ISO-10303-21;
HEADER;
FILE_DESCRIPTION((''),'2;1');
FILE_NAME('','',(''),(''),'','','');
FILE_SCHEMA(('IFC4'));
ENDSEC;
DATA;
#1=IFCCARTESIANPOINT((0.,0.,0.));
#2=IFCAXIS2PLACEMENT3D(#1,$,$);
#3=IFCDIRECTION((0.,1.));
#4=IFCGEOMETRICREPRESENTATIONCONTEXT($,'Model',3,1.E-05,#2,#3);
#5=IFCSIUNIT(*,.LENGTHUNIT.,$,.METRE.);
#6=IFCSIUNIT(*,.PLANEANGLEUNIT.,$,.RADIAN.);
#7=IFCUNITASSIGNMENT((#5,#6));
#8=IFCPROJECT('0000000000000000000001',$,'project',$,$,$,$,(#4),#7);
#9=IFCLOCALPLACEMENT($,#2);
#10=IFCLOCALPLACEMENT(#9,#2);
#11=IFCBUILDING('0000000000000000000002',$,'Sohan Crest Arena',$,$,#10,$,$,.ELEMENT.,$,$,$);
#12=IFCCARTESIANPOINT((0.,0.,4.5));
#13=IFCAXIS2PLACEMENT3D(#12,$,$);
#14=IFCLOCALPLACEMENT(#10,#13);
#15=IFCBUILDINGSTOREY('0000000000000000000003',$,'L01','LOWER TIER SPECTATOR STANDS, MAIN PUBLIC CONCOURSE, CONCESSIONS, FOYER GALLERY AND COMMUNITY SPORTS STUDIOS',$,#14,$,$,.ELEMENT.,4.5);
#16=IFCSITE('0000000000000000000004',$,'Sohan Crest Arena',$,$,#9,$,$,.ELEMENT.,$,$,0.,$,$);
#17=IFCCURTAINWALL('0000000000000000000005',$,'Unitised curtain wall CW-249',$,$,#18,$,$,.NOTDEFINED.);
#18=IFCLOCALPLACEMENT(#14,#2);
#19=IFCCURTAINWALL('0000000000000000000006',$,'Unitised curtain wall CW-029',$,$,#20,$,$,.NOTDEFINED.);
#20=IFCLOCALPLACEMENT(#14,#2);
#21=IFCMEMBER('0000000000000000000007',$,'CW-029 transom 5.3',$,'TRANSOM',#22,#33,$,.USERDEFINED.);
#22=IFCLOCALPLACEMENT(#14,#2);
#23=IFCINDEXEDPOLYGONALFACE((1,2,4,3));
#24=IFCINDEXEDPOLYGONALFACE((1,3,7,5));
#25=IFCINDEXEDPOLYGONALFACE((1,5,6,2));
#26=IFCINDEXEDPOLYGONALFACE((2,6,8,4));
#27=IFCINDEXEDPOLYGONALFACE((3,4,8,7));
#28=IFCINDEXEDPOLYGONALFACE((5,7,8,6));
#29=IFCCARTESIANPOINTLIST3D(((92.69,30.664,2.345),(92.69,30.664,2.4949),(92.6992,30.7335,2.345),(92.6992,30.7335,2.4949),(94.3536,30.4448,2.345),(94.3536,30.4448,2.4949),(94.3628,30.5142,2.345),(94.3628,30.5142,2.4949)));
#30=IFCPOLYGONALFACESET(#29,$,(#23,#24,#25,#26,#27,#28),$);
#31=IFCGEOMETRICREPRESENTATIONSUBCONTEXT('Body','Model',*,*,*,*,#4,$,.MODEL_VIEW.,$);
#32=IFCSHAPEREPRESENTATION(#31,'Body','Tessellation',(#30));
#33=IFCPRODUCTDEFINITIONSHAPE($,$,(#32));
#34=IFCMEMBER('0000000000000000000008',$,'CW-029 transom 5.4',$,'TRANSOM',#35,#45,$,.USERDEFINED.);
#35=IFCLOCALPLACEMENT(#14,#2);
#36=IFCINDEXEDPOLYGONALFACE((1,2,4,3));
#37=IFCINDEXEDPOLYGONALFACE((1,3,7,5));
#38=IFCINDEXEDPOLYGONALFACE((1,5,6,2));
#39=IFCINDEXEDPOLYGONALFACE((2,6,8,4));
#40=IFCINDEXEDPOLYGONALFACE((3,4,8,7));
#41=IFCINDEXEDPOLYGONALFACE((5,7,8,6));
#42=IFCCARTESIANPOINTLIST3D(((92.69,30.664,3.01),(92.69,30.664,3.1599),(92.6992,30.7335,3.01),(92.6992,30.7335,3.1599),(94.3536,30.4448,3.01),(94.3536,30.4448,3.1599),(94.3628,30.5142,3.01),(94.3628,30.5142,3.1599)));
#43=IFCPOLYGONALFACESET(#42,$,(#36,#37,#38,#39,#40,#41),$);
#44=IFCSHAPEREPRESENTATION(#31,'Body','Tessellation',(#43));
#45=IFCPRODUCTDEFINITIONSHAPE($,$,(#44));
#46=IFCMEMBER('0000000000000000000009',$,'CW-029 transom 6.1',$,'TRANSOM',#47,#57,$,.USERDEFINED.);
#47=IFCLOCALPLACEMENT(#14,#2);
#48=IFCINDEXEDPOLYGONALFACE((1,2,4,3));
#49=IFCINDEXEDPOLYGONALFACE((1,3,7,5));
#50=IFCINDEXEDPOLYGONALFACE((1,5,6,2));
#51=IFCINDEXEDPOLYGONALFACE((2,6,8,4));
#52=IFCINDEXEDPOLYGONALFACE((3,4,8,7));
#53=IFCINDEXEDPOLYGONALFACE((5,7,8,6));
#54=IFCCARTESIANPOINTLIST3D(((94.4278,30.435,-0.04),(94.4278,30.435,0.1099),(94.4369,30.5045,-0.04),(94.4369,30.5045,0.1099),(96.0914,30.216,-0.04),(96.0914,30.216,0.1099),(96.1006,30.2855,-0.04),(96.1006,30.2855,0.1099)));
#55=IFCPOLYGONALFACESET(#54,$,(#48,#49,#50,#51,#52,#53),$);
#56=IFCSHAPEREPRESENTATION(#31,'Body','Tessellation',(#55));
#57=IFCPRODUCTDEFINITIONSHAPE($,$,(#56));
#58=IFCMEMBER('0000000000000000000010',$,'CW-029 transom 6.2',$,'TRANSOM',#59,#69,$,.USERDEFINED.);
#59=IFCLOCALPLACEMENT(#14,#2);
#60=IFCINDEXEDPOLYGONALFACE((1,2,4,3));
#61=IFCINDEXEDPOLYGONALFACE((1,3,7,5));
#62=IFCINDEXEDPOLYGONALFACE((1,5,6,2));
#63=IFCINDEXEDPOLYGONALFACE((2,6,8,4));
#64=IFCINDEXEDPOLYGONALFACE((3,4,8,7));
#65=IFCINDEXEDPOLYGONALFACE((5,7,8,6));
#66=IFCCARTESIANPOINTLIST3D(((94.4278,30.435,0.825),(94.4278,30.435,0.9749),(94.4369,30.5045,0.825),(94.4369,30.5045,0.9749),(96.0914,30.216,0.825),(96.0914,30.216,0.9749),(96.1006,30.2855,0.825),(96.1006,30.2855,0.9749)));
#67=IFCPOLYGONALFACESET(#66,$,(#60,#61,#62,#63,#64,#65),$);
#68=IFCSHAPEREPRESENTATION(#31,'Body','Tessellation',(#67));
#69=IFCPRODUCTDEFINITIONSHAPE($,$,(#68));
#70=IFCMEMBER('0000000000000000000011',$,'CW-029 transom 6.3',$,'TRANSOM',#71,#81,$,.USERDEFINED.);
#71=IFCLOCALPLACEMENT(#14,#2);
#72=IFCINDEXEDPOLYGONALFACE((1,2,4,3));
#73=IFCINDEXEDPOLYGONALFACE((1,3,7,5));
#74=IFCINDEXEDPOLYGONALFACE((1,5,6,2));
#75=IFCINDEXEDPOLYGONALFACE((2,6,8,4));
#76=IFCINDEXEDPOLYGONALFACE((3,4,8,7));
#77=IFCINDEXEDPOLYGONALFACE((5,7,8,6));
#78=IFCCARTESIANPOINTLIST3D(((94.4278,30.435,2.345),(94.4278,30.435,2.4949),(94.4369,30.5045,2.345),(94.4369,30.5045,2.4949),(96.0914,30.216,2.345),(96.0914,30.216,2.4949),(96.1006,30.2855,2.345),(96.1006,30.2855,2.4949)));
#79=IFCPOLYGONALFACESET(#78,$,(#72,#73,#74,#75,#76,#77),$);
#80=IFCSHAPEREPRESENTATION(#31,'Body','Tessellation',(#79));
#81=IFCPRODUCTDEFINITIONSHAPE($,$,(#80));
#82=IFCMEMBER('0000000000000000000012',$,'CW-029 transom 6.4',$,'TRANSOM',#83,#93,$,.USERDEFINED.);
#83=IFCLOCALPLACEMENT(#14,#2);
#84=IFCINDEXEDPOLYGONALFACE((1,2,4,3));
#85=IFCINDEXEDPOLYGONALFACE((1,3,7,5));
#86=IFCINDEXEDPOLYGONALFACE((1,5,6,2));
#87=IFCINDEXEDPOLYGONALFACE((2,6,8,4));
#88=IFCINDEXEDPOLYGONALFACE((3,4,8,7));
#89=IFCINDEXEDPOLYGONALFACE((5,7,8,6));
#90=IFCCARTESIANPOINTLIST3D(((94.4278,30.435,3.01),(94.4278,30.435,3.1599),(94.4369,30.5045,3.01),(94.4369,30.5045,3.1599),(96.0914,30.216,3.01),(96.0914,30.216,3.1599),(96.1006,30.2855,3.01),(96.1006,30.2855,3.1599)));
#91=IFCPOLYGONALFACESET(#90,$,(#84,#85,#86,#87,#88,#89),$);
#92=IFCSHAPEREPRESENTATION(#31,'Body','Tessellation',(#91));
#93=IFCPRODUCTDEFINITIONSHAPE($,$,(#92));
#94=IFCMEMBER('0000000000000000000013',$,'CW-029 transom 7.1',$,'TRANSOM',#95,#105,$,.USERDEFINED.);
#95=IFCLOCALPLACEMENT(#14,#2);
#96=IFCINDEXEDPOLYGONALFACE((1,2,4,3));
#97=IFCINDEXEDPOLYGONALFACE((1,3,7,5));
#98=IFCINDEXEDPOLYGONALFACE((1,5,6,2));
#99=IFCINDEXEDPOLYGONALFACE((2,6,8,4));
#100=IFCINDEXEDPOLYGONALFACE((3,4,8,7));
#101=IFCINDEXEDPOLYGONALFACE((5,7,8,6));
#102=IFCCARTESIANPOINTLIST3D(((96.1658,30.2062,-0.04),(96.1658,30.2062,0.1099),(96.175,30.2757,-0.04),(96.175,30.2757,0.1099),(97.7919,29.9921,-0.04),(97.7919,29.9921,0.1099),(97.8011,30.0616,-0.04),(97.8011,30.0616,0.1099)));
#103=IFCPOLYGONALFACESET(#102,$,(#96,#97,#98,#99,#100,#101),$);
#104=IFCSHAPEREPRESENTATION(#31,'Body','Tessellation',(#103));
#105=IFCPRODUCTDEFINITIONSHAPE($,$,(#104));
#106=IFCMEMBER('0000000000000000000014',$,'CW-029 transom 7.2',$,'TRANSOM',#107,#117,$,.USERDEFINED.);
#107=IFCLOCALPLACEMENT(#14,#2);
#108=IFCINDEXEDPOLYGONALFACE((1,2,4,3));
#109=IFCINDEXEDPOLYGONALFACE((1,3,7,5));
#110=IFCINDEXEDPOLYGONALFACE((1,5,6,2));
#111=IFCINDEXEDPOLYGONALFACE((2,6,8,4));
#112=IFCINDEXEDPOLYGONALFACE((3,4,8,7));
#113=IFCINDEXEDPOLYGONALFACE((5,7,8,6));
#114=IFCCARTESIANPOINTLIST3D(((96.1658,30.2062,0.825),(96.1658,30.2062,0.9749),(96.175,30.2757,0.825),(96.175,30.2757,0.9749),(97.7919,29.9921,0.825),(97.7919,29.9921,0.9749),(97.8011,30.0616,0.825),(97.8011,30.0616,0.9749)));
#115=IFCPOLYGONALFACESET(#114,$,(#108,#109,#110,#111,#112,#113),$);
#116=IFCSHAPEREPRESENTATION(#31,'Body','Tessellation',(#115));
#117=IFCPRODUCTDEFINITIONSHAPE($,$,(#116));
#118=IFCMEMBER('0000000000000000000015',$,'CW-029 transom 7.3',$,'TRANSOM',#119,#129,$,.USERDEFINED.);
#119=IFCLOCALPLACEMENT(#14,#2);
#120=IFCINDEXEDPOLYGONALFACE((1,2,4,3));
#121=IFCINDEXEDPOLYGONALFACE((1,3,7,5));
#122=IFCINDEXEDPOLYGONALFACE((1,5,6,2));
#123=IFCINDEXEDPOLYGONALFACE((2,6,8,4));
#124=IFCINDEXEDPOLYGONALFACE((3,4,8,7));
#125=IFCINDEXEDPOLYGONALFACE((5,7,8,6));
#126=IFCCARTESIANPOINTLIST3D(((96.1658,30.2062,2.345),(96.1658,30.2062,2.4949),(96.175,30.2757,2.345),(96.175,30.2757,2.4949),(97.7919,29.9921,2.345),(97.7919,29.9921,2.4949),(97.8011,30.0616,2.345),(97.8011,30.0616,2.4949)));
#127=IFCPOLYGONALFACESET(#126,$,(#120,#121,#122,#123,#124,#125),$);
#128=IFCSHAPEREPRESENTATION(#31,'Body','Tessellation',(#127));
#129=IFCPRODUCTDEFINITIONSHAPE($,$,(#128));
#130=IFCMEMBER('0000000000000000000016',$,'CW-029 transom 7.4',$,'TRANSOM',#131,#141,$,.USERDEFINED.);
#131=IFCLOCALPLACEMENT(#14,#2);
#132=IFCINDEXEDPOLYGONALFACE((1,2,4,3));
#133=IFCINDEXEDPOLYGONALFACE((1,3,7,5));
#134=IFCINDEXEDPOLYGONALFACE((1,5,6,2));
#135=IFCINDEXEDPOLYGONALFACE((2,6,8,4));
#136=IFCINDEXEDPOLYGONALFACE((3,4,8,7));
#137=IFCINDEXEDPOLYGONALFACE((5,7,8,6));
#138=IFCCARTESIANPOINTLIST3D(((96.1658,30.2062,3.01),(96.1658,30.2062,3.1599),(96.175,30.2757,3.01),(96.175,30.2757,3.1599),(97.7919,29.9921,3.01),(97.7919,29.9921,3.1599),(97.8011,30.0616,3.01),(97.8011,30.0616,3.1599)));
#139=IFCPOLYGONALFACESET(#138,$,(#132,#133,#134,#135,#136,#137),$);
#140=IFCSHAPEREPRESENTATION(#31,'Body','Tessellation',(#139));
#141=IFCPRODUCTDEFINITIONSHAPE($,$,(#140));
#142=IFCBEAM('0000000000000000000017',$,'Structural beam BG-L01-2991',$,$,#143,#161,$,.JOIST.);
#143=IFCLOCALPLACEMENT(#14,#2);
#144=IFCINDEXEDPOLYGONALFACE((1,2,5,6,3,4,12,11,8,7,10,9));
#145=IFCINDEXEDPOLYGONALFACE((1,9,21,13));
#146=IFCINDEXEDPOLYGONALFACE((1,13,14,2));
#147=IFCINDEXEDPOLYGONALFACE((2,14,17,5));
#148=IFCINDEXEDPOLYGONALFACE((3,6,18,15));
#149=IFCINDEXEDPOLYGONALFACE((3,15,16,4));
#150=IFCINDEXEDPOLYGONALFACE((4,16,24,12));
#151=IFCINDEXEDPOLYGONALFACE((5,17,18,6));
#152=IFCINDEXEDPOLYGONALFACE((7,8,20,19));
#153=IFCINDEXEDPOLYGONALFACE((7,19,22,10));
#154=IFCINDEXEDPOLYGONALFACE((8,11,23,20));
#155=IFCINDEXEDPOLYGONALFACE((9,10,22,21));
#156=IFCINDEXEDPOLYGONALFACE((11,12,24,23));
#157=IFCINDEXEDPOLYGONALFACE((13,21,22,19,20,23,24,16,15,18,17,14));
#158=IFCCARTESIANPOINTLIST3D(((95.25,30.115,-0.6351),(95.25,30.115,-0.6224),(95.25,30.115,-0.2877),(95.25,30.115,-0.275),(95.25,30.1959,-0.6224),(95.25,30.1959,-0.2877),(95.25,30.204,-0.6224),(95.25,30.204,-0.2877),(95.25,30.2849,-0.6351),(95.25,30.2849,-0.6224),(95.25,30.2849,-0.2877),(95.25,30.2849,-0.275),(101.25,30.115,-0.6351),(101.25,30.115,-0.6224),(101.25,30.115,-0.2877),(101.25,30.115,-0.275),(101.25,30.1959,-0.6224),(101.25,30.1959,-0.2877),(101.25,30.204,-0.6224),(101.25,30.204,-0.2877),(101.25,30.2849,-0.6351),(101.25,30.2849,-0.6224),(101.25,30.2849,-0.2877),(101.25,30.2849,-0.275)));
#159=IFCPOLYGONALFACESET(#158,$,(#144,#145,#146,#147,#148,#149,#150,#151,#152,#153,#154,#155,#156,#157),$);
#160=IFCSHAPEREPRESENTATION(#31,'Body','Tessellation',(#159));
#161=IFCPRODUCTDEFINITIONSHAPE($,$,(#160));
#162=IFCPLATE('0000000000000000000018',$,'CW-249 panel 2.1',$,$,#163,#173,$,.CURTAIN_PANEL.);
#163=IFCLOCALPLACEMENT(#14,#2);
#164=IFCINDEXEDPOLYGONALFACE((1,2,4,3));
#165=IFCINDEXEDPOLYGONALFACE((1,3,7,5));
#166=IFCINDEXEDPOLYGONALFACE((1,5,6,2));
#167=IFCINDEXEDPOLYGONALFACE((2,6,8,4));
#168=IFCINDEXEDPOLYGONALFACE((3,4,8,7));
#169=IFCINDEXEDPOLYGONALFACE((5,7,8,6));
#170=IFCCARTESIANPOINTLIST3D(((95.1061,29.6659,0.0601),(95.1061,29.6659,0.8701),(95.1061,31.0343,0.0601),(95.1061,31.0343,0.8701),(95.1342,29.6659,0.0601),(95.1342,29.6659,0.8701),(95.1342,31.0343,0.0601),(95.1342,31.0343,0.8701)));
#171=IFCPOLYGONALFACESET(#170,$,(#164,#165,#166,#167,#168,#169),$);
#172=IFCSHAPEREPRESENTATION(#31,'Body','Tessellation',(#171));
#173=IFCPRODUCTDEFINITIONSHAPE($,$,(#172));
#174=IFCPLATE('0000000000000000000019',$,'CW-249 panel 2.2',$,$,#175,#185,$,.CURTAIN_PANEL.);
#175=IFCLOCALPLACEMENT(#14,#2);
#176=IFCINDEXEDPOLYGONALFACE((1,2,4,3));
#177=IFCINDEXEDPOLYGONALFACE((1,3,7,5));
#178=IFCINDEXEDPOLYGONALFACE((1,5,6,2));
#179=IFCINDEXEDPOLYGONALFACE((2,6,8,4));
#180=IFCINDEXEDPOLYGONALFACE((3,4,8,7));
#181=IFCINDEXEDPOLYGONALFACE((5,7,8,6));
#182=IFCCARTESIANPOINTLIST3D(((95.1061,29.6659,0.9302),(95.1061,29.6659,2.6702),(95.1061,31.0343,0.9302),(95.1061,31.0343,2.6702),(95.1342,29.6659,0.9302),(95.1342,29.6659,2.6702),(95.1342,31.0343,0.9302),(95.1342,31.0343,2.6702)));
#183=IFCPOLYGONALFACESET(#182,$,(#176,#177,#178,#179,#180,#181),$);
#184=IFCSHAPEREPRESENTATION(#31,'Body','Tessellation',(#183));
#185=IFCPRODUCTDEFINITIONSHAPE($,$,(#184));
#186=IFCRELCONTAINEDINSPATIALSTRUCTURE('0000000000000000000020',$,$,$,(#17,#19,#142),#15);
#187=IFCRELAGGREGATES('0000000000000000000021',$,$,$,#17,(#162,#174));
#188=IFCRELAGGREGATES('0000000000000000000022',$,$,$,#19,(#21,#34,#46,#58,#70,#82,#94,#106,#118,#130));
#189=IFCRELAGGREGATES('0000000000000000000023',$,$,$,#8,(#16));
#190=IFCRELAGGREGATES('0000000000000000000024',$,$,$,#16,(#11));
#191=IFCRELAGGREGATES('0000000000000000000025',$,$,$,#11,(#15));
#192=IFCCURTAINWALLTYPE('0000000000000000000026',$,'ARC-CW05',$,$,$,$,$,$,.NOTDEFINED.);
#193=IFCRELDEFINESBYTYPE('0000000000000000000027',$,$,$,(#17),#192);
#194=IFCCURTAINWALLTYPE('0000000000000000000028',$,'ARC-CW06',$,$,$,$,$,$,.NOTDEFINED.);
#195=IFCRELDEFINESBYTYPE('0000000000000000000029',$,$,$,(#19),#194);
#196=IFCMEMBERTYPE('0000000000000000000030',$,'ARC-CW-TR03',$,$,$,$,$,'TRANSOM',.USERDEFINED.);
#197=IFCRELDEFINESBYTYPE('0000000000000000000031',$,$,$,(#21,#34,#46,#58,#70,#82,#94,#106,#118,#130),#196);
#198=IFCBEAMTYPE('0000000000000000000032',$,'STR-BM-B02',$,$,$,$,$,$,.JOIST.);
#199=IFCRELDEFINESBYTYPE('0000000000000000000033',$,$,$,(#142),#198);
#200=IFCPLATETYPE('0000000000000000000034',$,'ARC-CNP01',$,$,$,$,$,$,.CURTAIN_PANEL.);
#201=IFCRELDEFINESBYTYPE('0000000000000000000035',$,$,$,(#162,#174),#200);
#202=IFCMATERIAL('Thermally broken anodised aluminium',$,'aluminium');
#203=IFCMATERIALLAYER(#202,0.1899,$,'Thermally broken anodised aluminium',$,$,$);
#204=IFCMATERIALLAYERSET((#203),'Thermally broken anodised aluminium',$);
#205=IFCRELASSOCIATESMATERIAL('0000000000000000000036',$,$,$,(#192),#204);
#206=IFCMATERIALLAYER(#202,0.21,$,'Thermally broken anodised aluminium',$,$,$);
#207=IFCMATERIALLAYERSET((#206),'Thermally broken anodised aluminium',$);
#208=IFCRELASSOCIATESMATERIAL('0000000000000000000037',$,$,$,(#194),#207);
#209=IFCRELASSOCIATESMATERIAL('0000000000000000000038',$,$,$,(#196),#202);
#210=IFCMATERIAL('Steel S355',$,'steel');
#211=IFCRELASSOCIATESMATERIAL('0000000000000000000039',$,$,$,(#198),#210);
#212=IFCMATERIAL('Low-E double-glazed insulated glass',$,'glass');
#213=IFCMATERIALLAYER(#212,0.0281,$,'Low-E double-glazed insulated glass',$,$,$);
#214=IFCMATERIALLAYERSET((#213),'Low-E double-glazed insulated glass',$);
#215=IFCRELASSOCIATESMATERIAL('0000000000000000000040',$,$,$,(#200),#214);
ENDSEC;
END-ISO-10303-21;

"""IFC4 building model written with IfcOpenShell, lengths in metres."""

from ifc_helpers import new_model, si_unit, direction, frame, origin, origin_2d, place, context, subcontext, project, spatial, rectangle, i_section, extrude, material, layer, layer_set, material_profile, profile_set, type_object, element, aggregate, save


model = new_model("IFC4")

# Units and contexts
model_context = context("Model", 3, precision=1e-05, world=origin(), true_north=direction((0.0, 1.0)))
body_context = subcontext(model_context, "Body", "Model", "MODEL_VIEW")
ifc_project = project(units=[si_unit("LENGTHUNIT", "METRE"), si_unit("PLANEANGLEUNIT", "RADIAN")], contexts=[model_context])

# Site, building, storey
site_placement = place(None, origin())
site = spatial("IfcSite", under=ifc_project, at=site_placement, Name="Sohan Crest Arena", CompositionType="ELEMENT", RefElevation=0.0)
building_placement = place(site_placement, origin())
building = spatial("IfcBuilding", under=site, at=building_placement, Name="Sohan Crest Arena", CompositionType="ELEMENT")
storey_placement = place(building_placement, frame((0.0, 0.0, 4.5)))
storey = spatial("IfcBuildingStorey", under=building, at=storey_placement, Name="L01", Description="LOWER TIER SPECTATOR STANDS, MAIN PUBLIC CONCOURSE, CONCESSIONS, FOYER GALLERY AND COMMUNITY SPORTS STUDIOS", CompositionType="ELEMENT", Elevation=4.5)

# Shared definitions
ifc_material_1 = material(Name="Steel S355", Category="steel")

# Curtain wall
ifc_material_2 = material(Name="Thermally broken anodised aluminium", Category="aluminium")
ifc_layer_1 = layer(ifc_material_2, 0.1899, Name="Thermally broken anodised aluminium")
ifc_layer_set_1 = layer_set([ifc_layer_1], Name="Thermally broken anodised aluminium")
curtain_wall_type_1 = type_object("IfcCurtainWallType", Name="ARC-CW05", PredefinedType="NOTDEFINED", material=ifc_layer_set_1)
curtain_wall_1_placement = place(storey_placement, origin())
curtain_wall_1 = element("IfcCurtainWall", 1, at=curtain_wall_1_placement, inside=storey, type_object=curtain_wall_type_1, Name="Unitised curtain wall CW-249", PredefinedType="NOTDEFINED")

# Curtain wall
ifc_layer_2 = layer(ifc_material_2, 0.21, Name="Thermally broken anodised aluminium")
ifc_layer_set_2 = layer_set([ifc_layer_2], Name="Thermally broken anodised aluminium")
curtain_wall_type_2 = type_object("IfcCurtainWallType", Name="ARC-CW06", PredefinedType="NOTDEFINED", material=ifc_layer_set_2)
curtain_wall_2_placement = place(storey_placement, origin())
curtain_wall_2 = element("IfcCurtainWall", 2, at=curtain_wall_2_placement, inside=storey, type_object=curtain_wall_type_2, Name="Unitised curtain wall CW-029", PredefinedType="NOTDEFINED")

# Members
ifc_material_profile_1 = material_profile(ifc_material_2, rectangle(XDim=0.0701, YDim=0.1499, at=origin_2d()), Name="ALU-TRAN 70x150")
ifc_profile_set_1 = profile_set([ifc_material_profile_1], Name="Thermally broken anodised aluminium")
member_type_1 = type_object("IfcMemberType", Name="ARC-CW-TR03", ElementType="TRANSOM", PredefinedType="USERDEFINED", material=ifc_profile_set_1)
member_1_placement = place(storey_placement, frame((92.6946, 30.6987, 2.4199), z_axis=(0.991428, -0.130658, 0.0), x_axis=(0.130658, 0.991428, 0.0)))
member_1 = element("IfcMember", 3, at=member_1_placement, type_object=member_type_1, Name="CW-029 transom 5.3", ObjectType="TRANSOM", PredefinedType="USERDEFINED", context=body_context, shape_type="SweptSolid", body=[
    extrude(rectangle(XDim=0.0701, YDim=0.1499, at=origin_2d()), origin(), (0.0, 0.0, 1.0), 1.678),
])
member_2_placement = place(storey_placement, frame((92.6946, 30.6987, 3.085), z_axis=(0.991428, -0.130658, 0.0), x_axis=(0.130658, 0.991428, 0.0)))
member_2 = element("IfcMember", 4, at=member_2_placement, type_object=member_type_1, Name="CW-029 transom 5.4", ObjectType="TRANSOM", PredefinedType="USERDEFINED", context=body_context, shape_type="SweptSolid", body=[
    extrude(rectangle(XDim=0.0701, YDim=0.1499, at=origin_2d()), origin(), (0.0, 0.0, 1.0), 1.678),
])
member_3_placement = place(storey_placement, frame((94.4324, 30.4697, 0.0349), z_axis=(0.991446, -0.130515, 0.0), x_axis=(0.130515, 0.991446, 0.0)))
member_3 = element("IfcMember", 5, at=member_3_placement, type_object=member_type_1, Name="CW-029 transom 6.1", ObjectType="TRANSOM", PredefinedType="USERDEFINED", context=body_context, shape_type="SweptSolid", body=[
    extrude(rectangle(XDim=0.0701, YDim=0.1499, at=origin_2d()), origin(), (0.0, 0.0, 1.0), 1.678),
])
member_4_placement = place(storey_placement, frame((94.4324, 30.4697, 0.8999), z_axis=(0.991446, -0.130515, 0.0), x_axis=(0.130515, 0.991446, 0.0)))
member_4 = element("IfcMember", 6, at=member_4_placement, type_object=member_type_1, Name="CW-029 transom 6.2", ObjectType="TRANSOM", PredefinedType="USERDEFINED", context=body_context, shape_type="SweptSolid", body=[
    extrude(rectangle(XDim=0.0701, YDim=0.1499, at=origin_2d()), origin(), (0.0, 0.0, 1.0), 1.678),
])
member_5_placement = place(storey_placement, frame((94.4324, 30.4697, 2.4199), z_axis=(0.991446, -0.130515, 0.0), x_axis=(0.130515, 0.991446, 0.0)))
member_5 = element("IfcMember", 7, at=member_5_placement, type_object=member_type_1, Name="CW-029 transom 6.3", ObjectType="TRANSOM", PredefinedType="USERDEFINED", context=body_context, shape_type="SweptSolid", body=[
    extrude(rectangle(XDim=0.0701, YDim=0.1499, at=origin_2d()), origin(), (0.0, 0.0, 1.0), 1.678),
])
member_6_placement = place(storey_placement, frame((94.4324, 30.4697, 3.085), z_axis=(0.991446, -0.130515, 0.0), x_axis=(0.130515, 0.991446, 0.0)))
member_6 = element("IfcMember", 8, at=member_6_placement, type_object=member_type_1, Name="CW-029 transom 6.4", ObjectType="TRANSOM", PredefinedType="USERDEFINED", context=body_context, shape_type="SweptSolid", body=[
    extrude(rectangle(XDim=0.0701, YDim=0.1499, at=origin_2d()), origin(), (0.0, 0.0, 1.0), 1.678),
])
member_7_placement = place(storey_placement, frame((96.1704, 30.241, 0.0349), z_axis=(0.991444, -0.130535, 0.0), x_axis=(0.130535, 0.991444, 0.0)))
member_7 = element("IfcMember", 9, at=member_7_placement, type_object=member_type_1, Name="CW-029 transom 7.1", ObjectType="TRANSOM", PredefinedType="USERDEFINED", context=body_context, shape_type="SweptSolid", body=[
    extrude(rectangle(XDim=0.0701, YDim=0.1499, at=origin_2d()), origin(), (0.0, 0.0, 1.0), 1.6401),
])
member_8_placement = place(storey_placement, frame((96.1704, 30.241, 0.8999), z_axis=(0.991444, -0.130535, 0.0), x_axis=(0.130535, 0.991444, 0.0)))
member_8 = element("IfcMember", 10, at=member_8_placement, type_object=member_type_1, Name="CW-029 transom 7.2", ObjectType="TRANSOM", PredefinedType="USERDEFINED", context=body_context, shape_type="SweptSolid", body=[
    extrude(rectangle(XDim=0.0701, YDim=0.1499, at=origin_2d()), origin(), (0.0, 0.0, 1.0), 1.6401),
])
member_9_placement = place(storey_placement, frame((96.1704, 30.241, 2.4199), z_axis=(0.991444, -0.130535, 0.0), x_axis=(0.130535, 0.991444, 0.0)))
member_9 = element("IfcMember", 11, at=member_9_placement, type_object=member_type_1, Name="CW-029 transom 7.3", ObjectType="TRANSOM", PredefinedType="USERDEFINED", context=body_context, shape_type="SweptSolid", body=[
    extrude(rectangle(XDim=0.0701, YDim=0.1499, at=origin_2d()), origin(), (0.0, 0.0, 1.0), 1.6401),
])
member_10_placement = place(storey_placement, frame((96.1704, 30.241, 3.085), z_axis=(0.991444, -0.130535, 0.0), x_axis=(0.130535, 0.991444, 0.0)))
member_10 = element("IfcMember", 12, at=member_10_placement, type_object=member_type_1, Name="CW-029 transom 7.4", ObjectType="TRANSOM", PredefinedType="USERDEFINED", context=body_context, shape_type="SweptSolid", body=[
    extrude(rectangle(XDim=0.0701, YDim=0.1499, at=origin_2d()), origin(), (0.0, 0.0, 1.0), 1.6401),
])

# Beam
ifc_material_profile_2 = material_profile(ifc_material_1, i_section(OverallWidth=0.1699, OverallDepth=0.3601, WebThickness=0.0081, FlangeThickness=0.0127, at=origin_2d()), Name="IPE 360")
ifc_profile_set_2 = profile_set([ifc_material_profile_2], Name="Steel S355")
beam_type = type_object("IfcBeamType", Name="STR-BM-B02", PredefinedType="JOIST", material=ifc_profile_set_2)
beam_placement = place(storey_placement, frame((95.25, 30.2, -0.4551), z_axis=(1.0, 0.0, 0.0), x_axis=(0.0, 1.0, 0.0)))
element("IfcBeam", 13, at=beam_placement, inside=storey, type_object=beam_type, Name="Structural beam BG-L01-2991", PredefinedType="JOIST", context=body_context, shape_type="SweptSolid", body=[
    extrude(i_section(OverallWidth=0.1699, OverallDepth=0.3601, WebThickness=0.0081, FlangeThickness=0.0127, at=origin_2d()), origin(), (0.0, 0.0, 1.0), 6.0),
])

# Plates
ifc_material_3 = material(Name="Low-E double-glazed insulated glass", Category="glass")
ifc_layer_3 = layer(ifc_material_3, 0.0281, Name="Low-E double-glazed insulated glass")
ifc_layer_set_3 = layer_set([ifc_layer_3], Name="Low-E double-glazed insulated glass")
plate_type_1 = type_object("IfcPlateType", Name="ARC-CNP01", PredefinedType="CURTAIN_PANEL", material=ifc_layer_set_3)
plate_1_placement = place(storey_placement, frame((95.1201, 30.3501, 0.0601), z_axis=(0.0, 0.0, 1.0), x_axis=(0.0, 1.0, 0.0)))
plate_1 = element("IfcPlate", 14, at=plate_1_placement, type_object=plate_type_1, Name="CW-249 panel 2.1", PredefinedType="CURTAIN_PANEL", context=body_context, shape_type="SweptSolid", body=[
    extrude(rectangle(XDim=1.3684, YDim=0.0281, at=origin_2d()), origin(), (0.0, 0.0, 1.0), 0.8101),
])
plate_2_placement = place(storey_placement, frame((95.1201, 30.3501, 0.9302), z_axis=(0.0, 0.0, 1.0), x_axis=(0.0, 1.0, 0.0)))
plate_2 = element("IfcPlate", 15, at=plate_2_placement, type_object=plate_type_1, Name="CW-249 panel 2.2", PredefinedType="CURTAIN_PANEL", context=body_context, shape_type="SweptSolid", body=[
    extrude(rectangle(XDim=1.3684, YDim=0.0281, at=origin_2d()), origin(), (0.0, 0.0, 1.0), 1.74),
])
aggregate(curtain_wall_1, [plate_1, plate_2])
aggregate(curtain_wall_2, [member_1, member_2, member_3, member_4, member_5, member_6, member_7, member_8, member_9, member_10])

save(model, "model.ifc")
